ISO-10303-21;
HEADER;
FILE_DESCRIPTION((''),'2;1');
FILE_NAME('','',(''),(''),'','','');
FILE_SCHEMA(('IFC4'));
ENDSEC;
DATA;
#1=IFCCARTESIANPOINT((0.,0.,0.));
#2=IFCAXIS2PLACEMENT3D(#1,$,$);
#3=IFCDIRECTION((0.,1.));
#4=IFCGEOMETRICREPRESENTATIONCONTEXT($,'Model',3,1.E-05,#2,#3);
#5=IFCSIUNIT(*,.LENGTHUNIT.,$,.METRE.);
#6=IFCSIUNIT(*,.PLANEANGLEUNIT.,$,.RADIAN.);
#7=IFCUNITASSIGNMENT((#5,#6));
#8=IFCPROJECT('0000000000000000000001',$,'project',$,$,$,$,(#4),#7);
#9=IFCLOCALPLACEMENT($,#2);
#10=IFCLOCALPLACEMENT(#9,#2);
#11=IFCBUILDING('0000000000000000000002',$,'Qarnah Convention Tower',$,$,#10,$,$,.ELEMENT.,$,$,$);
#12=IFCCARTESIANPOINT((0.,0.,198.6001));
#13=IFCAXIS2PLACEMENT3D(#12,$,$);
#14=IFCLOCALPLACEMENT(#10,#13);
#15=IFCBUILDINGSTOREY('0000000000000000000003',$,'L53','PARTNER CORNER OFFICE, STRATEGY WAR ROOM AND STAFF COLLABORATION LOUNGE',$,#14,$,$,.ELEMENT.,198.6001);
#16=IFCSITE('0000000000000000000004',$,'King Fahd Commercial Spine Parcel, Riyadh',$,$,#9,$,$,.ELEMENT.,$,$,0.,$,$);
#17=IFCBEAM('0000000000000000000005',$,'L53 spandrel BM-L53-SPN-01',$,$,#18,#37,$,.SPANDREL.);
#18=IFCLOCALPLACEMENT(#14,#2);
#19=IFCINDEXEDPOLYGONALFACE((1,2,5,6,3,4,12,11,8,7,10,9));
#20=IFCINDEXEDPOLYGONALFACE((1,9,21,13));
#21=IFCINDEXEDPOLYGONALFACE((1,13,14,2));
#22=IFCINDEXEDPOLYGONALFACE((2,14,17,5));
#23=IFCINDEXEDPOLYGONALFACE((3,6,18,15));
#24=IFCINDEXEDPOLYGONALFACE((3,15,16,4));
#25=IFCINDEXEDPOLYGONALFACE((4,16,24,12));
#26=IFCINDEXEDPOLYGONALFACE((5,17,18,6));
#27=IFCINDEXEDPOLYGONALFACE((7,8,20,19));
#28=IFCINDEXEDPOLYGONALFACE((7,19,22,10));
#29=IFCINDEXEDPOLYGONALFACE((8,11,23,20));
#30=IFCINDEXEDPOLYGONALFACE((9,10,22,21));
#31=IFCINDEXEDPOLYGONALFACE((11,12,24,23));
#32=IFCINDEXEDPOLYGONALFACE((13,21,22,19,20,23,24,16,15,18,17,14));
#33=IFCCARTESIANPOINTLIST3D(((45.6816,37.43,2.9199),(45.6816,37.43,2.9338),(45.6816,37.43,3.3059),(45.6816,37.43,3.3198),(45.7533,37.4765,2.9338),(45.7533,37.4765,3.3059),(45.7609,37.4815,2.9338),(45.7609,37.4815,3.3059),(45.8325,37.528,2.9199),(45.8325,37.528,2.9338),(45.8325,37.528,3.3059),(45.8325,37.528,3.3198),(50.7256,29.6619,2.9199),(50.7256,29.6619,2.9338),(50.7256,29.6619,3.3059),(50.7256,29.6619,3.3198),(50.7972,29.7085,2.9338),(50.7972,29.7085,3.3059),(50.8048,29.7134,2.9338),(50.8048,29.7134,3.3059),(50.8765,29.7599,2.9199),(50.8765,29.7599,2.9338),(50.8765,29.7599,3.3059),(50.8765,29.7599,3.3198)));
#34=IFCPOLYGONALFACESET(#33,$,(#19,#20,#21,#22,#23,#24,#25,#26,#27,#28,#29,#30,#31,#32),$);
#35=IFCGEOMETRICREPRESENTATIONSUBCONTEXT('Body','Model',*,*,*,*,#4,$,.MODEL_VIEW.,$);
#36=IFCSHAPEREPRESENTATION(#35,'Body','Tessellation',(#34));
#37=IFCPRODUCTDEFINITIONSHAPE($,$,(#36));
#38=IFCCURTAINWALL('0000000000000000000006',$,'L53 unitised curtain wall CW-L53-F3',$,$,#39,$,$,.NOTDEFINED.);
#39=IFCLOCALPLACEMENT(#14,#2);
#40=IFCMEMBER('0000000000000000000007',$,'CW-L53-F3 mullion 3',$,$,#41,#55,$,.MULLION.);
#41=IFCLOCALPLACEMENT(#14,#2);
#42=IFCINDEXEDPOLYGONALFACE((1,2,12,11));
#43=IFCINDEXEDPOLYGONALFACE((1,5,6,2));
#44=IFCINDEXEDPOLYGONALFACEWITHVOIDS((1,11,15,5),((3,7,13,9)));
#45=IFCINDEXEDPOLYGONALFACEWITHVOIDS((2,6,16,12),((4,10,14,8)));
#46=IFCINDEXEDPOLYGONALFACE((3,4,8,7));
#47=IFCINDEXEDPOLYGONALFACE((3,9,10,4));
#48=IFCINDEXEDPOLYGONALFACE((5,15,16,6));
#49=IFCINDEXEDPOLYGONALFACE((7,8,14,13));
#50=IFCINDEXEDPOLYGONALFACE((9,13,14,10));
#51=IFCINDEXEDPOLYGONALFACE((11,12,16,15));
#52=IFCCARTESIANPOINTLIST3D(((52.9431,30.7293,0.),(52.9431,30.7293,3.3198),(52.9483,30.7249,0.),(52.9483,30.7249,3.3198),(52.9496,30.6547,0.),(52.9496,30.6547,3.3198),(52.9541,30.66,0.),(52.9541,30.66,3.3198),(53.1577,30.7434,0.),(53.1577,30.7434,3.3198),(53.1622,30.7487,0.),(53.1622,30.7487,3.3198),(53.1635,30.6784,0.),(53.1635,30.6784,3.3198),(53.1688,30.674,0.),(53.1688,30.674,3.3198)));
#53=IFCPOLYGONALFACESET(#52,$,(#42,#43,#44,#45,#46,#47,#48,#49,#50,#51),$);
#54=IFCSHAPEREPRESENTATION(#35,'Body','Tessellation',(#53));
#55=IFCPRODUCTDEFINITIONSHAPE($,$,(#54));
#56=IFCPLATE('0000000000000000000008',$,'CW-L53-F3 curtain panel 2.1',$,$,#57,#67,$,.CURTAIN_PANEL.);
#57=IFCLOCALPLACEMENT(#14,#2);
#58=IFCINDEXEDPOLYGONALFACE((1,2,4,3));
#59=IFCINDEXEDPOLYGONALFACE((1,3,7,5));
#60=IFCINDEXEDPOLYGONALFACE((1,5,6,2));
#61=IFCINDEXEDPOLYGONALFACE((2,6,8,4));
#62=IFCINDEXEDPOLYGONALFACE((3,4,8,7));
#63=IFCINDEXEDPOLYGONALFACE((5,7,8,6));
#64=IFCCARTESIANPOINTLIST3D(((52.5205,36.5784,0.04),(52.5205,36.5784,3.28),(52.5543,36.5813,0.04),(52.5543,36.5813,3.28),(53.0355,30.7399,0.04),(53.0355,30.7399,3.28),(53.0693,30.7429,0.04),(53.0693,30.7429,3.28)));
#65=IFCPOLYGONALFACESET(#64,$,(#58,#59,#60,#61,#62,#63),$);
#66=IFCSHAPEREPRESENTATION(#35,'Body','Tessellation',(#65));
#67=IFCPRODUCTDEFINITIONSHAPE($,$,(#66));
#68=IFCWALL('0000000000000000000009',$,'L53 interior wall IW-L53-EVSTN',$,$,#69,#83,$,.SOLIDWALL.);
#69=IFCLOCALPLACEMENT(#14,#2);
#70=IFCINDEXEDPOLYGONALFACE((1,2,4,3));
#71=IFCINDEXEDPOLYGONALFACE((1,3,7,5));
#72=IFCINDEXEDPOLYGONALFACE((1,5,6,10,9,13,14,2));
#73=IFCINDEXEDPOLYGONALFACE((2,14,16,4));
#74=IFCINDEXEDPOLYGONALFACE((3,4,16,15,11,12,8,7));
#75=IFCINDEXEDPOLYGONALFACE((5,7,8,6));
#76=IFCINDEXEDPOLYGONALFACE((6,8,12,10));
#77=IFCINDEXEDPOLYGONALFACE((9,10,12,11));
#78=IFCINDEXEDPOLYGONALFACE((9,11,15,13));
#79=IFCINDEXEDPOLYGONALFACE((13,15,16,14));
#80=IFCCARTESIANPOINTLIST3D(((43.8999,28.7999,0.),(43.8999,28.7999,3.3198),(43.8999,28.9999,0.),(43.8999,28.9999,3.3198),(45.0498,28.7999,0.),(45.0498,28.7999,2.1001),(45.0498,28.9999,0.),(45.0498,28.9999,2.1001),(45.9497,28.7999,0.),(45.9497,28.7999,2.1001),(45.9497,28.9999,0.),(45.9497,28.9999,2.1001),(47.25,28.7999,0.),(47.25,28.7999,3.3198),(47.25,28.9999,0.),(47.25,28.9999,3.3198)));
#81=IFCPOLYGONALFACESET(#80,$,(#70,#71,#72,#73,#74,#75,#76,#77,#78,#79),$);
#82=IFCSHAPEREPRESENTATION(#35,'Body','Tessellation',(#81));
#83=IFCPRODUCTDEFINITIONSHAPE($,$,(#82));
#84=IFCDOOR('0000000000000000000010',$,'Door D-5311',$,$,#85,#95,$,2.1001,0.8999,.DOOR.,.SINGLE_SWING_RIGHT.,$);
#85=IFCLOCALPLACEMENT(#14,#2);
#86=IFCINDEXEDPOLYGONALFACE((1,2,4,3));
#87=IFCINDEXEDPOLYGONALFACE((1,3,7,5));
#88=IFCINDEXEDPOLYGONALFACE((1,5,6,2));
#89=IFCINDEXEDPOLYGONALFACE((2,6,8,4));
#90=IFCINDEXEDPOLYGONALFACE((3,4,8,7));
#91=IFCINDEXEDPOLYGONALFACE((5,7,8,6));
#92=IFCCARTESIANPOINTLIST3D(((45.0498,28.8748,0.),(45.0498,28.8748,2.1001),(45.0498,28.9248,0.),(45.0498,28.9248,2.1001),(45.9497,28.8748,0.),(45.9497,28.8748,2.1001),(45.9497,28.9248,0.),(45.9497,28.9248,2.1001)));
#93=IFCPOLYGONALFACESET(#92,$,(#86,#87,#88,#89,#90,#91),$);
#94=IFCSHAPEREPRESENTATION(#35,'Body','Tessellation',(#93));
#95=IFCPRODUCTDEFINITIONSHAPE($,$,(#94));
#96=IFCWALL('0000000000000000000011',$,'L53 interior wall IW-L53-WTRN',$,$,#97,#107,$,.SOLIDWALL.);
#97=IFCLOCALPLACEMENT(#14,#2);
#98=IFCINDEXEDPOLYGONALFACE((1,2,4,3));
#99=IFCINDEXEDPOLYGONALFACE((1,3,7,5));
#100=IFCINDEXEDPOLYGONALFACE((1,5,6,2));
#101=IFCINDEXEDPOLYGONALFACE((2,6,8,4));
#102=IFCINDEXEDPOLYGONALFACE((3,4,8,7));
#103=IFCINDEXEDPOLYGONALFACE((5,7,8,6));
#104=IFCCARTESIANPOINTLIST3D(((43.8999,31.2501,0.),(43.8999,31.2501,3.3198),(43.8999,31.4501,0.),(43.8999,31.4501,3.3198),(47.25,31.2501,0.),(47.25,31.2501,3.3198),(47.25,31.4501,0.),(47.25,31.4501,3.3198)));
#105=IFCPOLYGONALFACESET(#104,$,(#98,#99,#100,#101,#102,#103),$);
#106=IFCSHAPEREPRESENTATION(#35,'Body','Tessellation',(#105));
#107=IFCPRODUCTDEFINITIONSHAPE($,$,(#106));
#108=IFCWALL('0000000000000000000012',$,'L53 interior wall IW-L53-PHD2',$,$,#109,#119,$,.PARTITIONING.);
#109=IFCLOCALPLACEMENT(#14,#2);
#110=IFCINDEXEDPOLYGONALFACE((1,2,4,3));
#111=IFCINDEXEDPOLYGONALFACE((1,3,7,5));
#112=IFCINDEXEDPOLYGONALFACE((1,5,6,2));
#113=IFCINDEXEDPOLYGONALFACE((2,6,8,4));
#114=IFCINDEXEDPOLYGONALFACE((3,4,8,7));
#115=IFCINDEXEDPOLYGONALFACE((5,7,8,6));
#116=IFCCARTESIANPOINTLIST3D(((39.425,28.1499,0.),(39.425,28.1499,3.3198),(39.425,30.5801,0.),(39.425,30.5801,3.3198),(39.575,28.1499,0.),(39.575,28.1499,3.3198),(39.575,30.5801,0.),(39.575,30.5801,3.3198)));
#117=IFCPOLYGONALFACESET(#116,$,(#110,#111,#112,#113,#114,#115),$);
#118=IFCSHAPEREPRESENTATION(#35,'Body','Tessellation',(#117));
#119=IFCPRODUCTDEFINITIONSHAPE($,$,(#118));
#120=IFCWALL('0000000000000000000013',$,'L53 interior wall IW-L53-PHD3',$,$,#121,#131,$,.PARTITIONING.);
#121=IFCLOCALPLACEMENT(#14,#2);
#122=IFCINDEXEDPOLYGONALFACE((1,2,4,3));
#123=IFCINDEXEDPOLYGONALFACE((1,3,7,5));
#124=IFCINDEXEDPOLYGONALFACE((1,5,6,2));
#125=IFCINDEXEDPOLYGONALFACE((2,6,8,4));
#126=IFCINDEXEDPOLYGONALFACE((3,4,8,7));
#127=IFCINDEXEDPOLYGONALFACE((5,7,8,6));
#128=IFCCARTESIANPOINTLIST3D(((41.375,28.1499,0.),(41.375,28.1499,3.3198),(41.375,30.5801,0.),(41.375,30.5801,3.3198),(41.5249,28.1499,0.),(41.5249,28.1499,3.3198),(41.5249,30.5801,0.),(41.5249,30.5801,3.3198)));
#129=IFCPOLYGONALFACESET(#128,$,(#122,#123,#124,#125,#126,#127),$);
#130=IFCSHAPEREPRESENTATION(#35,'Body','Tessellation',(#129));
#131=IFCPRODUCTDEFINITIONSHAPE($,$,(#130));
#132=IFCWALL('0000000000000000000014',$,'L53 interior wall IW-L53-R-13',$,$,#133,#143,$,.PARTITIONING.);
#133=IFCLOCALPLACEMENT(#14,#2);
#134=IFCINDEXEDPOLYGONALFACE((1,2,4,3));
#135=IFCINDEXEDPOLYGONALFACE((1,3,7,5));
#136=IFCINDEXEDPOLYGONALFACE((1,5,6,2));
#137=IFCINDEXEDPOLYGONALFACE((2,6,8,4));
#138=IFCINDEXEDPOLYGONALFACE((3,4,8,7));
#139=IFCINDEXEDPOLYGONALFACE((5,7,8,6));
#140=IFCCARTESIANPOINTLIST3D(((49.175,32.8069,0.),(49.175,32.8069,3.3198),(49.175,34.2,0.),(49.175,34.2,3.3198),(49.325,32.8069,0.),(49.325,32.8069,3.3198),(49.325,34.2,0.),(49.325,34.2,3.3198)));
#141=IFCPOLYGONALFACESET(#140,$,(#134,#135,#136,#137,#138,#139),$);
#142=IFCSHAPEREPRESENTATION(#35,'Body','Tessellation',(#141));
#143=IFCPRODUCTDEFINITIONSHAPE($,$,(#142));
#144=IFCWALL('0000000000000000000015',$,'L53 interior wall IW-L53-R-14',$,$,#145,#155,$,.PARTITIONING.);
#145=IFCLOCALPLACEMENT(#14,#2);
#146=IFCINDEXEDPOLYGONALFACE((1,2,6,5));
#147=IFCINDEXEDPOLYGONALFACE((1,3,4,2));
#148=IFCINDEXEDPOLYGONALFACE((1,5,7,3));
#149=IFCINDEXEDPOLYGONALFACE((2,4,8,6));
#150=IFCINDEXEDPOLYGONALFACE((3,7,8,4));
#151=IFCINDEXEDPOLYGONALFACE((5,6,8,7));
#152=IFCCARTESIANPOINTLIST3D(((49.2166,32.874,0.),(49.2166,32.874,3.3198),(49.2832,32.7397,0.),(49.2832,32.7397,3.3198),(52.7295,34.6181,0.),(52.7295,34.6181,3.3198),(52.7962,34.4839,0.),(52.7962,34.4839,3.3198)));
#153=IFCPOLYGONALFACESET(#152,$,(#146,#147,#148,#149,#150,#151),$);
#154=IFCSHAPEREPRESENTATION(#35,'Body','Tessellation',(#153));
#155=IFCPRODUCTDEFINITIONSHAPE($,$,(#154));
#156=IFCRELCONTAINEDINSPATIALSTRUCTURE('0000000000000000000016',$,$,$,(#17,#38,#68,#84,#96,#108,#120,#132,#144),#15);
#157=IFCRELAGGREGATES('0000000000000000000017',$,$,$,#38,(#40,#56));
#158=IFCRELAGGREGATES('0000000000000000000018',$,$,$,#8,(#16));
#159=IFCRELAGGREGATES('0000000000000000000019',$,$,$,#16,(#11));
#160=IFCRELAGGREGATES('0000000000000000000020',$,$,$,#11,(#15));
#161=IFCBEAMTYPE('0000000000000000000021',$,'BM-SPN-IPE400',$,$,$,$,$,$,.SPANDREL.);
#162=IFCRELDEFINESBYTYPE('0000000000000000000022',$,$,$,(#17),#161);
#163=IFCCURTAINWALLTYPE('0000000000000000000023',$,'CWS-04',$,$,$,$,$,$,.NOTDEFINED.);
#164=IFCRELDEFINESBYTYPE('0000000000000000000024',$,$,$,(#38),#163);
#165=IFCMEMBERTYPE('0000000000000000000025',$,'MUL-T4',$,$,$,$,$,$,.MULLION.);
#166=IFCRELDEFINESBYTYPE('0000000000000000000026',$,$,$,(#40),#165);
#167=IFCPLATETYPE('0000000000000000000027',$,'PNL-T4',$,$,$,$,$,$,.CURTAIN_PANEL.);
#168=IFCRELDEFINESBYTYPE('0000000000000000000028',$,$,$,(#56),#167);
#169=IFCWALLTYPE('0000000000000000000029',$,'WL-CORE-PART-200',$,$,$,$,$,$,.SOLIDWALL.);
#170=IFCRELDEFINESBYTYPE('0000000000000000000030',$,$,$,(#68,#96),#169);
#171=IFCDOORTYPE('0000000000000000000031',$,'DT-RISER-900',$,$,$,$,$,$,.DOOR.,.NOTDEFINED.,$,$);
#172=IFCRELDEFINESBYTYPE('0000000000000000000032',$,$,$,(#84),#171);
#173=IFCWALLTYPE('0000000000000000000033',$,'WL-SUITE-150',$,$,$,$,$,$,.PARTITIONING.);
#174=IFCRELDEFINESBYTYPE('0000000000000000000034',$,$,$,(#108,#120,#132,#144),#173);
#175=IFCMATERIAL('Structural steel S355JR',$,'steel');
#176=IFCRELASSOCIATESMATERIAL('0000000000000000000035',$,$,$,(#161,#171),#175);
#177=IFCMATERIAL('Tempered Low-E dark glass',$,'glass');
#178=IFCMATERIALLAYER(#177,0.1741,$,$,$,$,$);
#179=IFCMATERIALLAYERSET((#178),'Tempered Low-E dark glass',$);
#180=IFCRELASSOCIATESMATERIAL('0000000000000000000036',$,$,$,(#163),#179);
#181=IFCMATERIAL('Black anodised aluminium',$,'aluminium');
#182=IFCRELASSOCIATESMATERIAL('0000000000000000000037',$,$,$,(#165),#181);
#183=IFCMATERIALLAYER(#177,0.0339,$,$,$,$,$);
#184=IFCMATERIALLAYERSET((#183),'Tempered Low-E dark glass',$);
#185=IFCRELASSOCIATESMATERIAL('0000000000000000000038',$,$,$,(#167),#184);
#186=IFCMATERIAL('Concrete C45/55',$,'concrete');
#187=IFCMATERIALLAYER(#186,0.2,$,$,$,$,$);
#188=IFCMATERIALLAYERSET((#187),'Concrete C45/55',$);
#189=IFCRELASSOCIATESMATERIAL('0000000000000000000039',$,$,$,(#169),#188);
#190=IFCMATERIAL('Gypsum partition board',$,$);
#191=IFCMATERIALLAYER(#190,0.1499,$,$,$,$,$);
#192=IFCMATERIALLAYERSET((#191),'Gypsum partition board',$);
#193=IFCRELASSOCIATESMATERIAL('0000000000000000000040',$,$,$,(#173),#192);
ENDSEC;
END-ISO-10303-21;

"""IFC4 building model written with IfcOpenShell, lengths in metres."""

from ifc_helpers import new_model, si_unit, direction, frame, frame_2d, origin, origin_2d, place, context, subcontext, project, spatial, rectangle, hollow_rectangle, i_section, extrude, material, layer, layer_set, material_profile, profile_set, type_object, element, fill, aggregate, save


model = new_model("IFC4")

# Units and contexts
model_context = context("Model", 3, precision=1e-05, world=origin(), true_north=direction((0.0, 1.0)))
body_context = subcontext(model_context, "Body", "Model", "MODEL_VIEW")
ifc_project = project(units=[si_unit("LENGTHUNIT", "METRE"), si_unit("PLANEANGLEUNIT", "RADIAN")], contexts=[model_context])

# Site, building, storey
site_placement = place(None, origin())
site = spatial("IfcSite", under=ifc_project, at=site_placement, Name="King Fahd Commercial Spine Parcel, Riyadh", CompositionType="ELEMENT", RefElevation=0.0)
building_placement = place(site_placement, origin())
building = spatial("IfcBuilding", under=site, at=building_placement, Name="Qarnah Convention Tower", CompositionType="ELEMENT")
storey_placement = place(building_placement, frame((0.0, 0.0, 198.6001)))
storey = spatial("IfcBuildingStorey", under=building, at=storey_placement, Name="L53", Description="PARTNER CORNER OFFICE, STRATEGY WAR ROOM AND STAFF COLLABORATION LOUNGE", CompositionType="ELEMENT", Elevation=198.6001)

# Beam
ifc_material_1 = material(Name="Structural steel S355JR", Category="steel")
ifc_material_profile_1 = material_profile(ifc_material_1, i_section(OverallWidth=0.1799, OverallDepth=0.3999, WebThickness=0.009, FlangeThickness=0.0139, at=origin_2d()), Name="IPE400")
ifc_profile_set_1 = profile_set([ifc_material_profile_1], Name="Structural steel S355JR")
beam_type_1 = type_object("IfcBeamType", Name="BM-SPN-IPE400", PredefinedType="SPANDREL", material=ifc_profile_set_1)
beam_1_placement = place(storey_placement, frame((50.801, 29.7109, 3.1199), z_axis=(-0.544586, 0.838705, 0.0), x_axis=(-0.838705, -0.544586, 0.0)))
element("IfcBeam", 1, at=beam_1_placement, inside=storey, type_object=beam_type_1, Name="L53 spandrel BM-L53-SPN-01", PredefinedType="SPANDREL", context=body_context, shape_type="SweptSolid", body=[
    extrude(i_section(OverallWidth=0.1799, OverallDepth=0.3999, WebThickness=0.009, FlangeThickness=0.0139, at=origin_2d()), origin(), (0.0, 0.0, 1.0), 9.262),
])

# Curtain wall, member, plate
ifc_material_2 = material(Name="Tempered Low-E dark glass", Category="glass")
ifc_layer_1 = layer(ifc_material_2, 0.1741)
ifc_layer_set_1 = layer_set([ifc_layer_1], Name="Tempered Low-E dark glass")
curtain_wall_type = type_object("IfcCurtainWallType", Name="CWS-04", PredefinedType="NOTDEFINED", material=ifc_layer_set_1)
curtain_wall_placement = place(storey_placement, origin())
curtain_wall = element("IfcCurtainWall", 2, at=curtain_wall_placement, inside=storey, type_object=curtain_wall_type, Name="L53 unitised curtain wall CW-L53-F3", PredefinedType="NOTDEFINED")
ifc_material_3 = material(Name="Black anodised aluminium", Category="aluminium")
ifc_material_profile_2 = material_profile(ifc_material_3, hollow_rectangle(XDim=0.075, YDim=0.22, WallThickness=0.0049, at=origin_2d()), Name="MUL-75X220")
ifc_profile_set_2 = profile_set([ifc_material_profile_2], Name="Black anodised aluminium")
member_type = type_object("IfcMemberType", Name="MUL-T4", PredefinedType="MULLION", material=ifc_profile_set_2)
member_placement = place(storey_placement, frame((53.0559, 30.7017, 0.0), z_axis=(0.0, 0.0, 1.0), x_axis=(0.087861, -0.996133, 0.0)))
member = element("IfcMember", 3, at=member_placement, type_object=member_type, Name="CW-L53-F3 mullion 3", PredefinedType="MULLION", context=body_context, shape_type="SweptSolid", body=[
    extrude(hollow_rectangle(XDim=0.075, YDim=0.22, WallThickness=0.0049, at=origin_2d()), origin(), (0.0, 0.0, 1.0), 3.3198),
])
ifc_layer_2 = layer(ifc_material_2, 0.0339)
ifc_layer_set_2 = layer_set([ifc_layer_2], Name="Tempered Low-E dark glass")
plate_type = type_object("IfcPlateType", Name="PNL-T4", PredefinedType="CURTAIN_PANEL", material=ifc_layer_set_2)
plate_placement = place(storey_placement, frame((52.7949, 33.6606, 0.04), z_axis=(0.0, 0.0, 1.0), x_axis=(0.087861, -0.996133, 0.0)))
plate = element("IfcPlate", 4, at=plate_placement, type_object=plate_type, Name="CW-L53-F3 curtain panel 2.1", PredefinedType="CURTAIN_PANEL", context=body_context, shape_type="SweptSolid", body=[
    extrude(rectangle(XDim=5.8611, YDim=0.0339, at=origin_2d()), origin(), (0.0, 0.0, 1.0), 3.24),
])
aggregate(curtain_wall, [member, plate])

# Wall, opening, door
ifc_material_4 = material(Name="Concrete C45/55", Category="concrete")
ifc_layer_3 = layer(ifc_material_4, 0.2)
ifc_layer_set_3 = layer_set([ifc_layer_3], Name="Concrete C45/55")
wall_type_1 = type_object("IfcWallType", Name="WL-CORE-PART-200", PredefinedType="SOLIDWALL", material=ifc_layer_set_3)
wall_1_placement = place(storey_placement, frame((43.8999, 28.8999, 0.0), z_axis=(0.0, 0.0, 1.0), x_axis=(1.0, 0.0, 0.0)))
wall_1 = element("IfcWall", 5, at=wall_1_placement, inside=storey, type_object=wall_type_1, Name="L53 interior wall IW-L53-EVSTN", PredefinedType="SOLIDWALL", context=body_context, shape_type="SweptSolid", body=[
    extrude(rectangle(XDim=3.3501, YDim=0.2, at=frame_2d((1.675, 0.0))), origin(), (0.0, 0.0, 1.0), 3.3198),
])
opening_1_placement = place(wall_1_placement, frame((1.1499, 0.0, 0.0)))
opening_1 = element("IfcOpeningElement", 6, at=opening_1_placement, cuts=wall_1, PredefinedType="OPENING", context=body_context, shape_type="SweptSolid", body=[
    extrude(rectangle(XDim=0.8999, YDim=2.1001, at=frame_2d((0.45, 1.05))), frame((0.0, 0.1099, 0.0), z_axis=(0.0, -1.0, 0.0), x_axis=(1.0, 0.0, 0.0)), (0.0, 0.0, 1.0), 0.22),
])
door_type_1 = type_object("IfcDoorType", Name="DT-RISER-900", OperationType="NOTDEFINED", PredefinedType="DOOR", material=ifc_material_1)
door_1_placement = place(opening_1_placement, origin())
door_1 = element("IfcDoor", 7, at=door_1_placement, inside=storey, type_object=door_type_1, Name="Door D-5311", OperationType="SINGLE_SWING_RIGHT", OverallHeight=2.1001, OverallWidth=0.8999, PredefinedType="DOOR", context=body_context, shape_type="SweptSolid", body=[
    extrude(rectangle(XDim=0.8999, YDim=2.1001, at=frame_2d((0.45, 1.05))), frame((0.0, 0.0249, 0.0), z_axis=(0.0, -1.0, 0.0), x_axis=(1.0, 0.0, 0.0)), (0.0, 0.0, 1.0), 0.05),
])
fill(opening_1, door_1)

# Walls
wall_2_placement = place(storey_placement, frame((43.8999, 31.3501, 0.0), z_axis=(0.0, 0.0, 1.0), x_axis=(1.0, 0.0, 0.0)))
element("IfcWall", 8, at=wall_2_placement, inside=storey, type_object=wall_type_1, Name="L53 interior wall IW-L53-WTRN", PredefinedType="SOLIDWALL", context=body_context, shape_type="SweptSolid", body=[
    extrude(rectangle(XDim=3.3501, YDim=0.2, at=frame_2d((1.675, 0.0))), origin(), (0.0, 0.0, 1.0), 3.3198),
])
ifc_material_5 = material(Name="Gypsum partition board")
ifc_layer_4 = layer(ifc_material_5, 0.1499)
ifc_layer_set_4 = layer_set([ifc_layer_4], Name="Gypsum partition board")
wall_type_2 = type_object("IfcWallType", Name="WL-SUITE-150", PredefinedType="PARTITIONING", material=ifc_layer_set_4)
for number, where, z_axis, x_axis, name in (
    (9, (39.5, 28.1499, 0.0), (0.0, 0.0, 1.0), (0.0, 1.0, 0.0), "L53 interior wall IW-L53-PHD2"),
    (10, (41.45, 28.1499, 0.0), (0.0, 0.0, 1.0), (0.0, 1.0, 0.0), "L53 interior wall IW-L53-PHD3"),
):
    element("IfcWall", number, at=place(storey_placement, frame(where, z_axis=z_axis, x_axis=x_axis)), inside=storey, type_object=wall_type_2, Name=name, PredefinedType="PARTITIONING", context=body_context, shape_type="SweptSolid", body=[
        extrude(rectangle(XDim=2.4302, YDim=0.1499, at=frame_2d((1.2151, 0.0))), origin(), (0.0, 0.0, 1.0), 3.3198),
    ])
wall_3_placement = place(storey_placement, frame((49.25, 34.2, 0.0), z_axis=(0.0, 0.0, 1.0), x_axis=(0.0, -1.0, 0.0)))
element("IfcWall", 11, at=wall_3_placement, inside=storey, type_object=wall_type_2, Name="L53 interior wall IW-L53-R-13", PredefinedType="PARTITIONING", context=body_context, shape_type="SweptSolid", body=[
    extrude(rectangle(XDim=1.3931, YDim=0.1499, at=frame_2d((0.6965, 0.0))), origin(), (0.0, 0.0, 1.0), 3.3198),
])
wall_4_placement = place(storey_placement, frame((49.25, 32.8069, 0.0), z_axis=(0.0, 0.0, 1.0), x_axis=(0.895681, 0.444697, 0.0)))
element("IfcWall", 12, at=wall_4_placement, inside=storey, type_object=wall_type_2, Name="L53 interior wall IW-L53-R-14", PredefinedType="PARTITIONING", context=body_context, shape_type="SweptSolid", body=[
    extrude(rectangle(XDim=3.9221, YDim=0.1499, at=frame_2d((1.9609, 0.0))), origin(), (0.0, 0.0, 1.0), 3.3198),
])

save(model, "model.ifc")
